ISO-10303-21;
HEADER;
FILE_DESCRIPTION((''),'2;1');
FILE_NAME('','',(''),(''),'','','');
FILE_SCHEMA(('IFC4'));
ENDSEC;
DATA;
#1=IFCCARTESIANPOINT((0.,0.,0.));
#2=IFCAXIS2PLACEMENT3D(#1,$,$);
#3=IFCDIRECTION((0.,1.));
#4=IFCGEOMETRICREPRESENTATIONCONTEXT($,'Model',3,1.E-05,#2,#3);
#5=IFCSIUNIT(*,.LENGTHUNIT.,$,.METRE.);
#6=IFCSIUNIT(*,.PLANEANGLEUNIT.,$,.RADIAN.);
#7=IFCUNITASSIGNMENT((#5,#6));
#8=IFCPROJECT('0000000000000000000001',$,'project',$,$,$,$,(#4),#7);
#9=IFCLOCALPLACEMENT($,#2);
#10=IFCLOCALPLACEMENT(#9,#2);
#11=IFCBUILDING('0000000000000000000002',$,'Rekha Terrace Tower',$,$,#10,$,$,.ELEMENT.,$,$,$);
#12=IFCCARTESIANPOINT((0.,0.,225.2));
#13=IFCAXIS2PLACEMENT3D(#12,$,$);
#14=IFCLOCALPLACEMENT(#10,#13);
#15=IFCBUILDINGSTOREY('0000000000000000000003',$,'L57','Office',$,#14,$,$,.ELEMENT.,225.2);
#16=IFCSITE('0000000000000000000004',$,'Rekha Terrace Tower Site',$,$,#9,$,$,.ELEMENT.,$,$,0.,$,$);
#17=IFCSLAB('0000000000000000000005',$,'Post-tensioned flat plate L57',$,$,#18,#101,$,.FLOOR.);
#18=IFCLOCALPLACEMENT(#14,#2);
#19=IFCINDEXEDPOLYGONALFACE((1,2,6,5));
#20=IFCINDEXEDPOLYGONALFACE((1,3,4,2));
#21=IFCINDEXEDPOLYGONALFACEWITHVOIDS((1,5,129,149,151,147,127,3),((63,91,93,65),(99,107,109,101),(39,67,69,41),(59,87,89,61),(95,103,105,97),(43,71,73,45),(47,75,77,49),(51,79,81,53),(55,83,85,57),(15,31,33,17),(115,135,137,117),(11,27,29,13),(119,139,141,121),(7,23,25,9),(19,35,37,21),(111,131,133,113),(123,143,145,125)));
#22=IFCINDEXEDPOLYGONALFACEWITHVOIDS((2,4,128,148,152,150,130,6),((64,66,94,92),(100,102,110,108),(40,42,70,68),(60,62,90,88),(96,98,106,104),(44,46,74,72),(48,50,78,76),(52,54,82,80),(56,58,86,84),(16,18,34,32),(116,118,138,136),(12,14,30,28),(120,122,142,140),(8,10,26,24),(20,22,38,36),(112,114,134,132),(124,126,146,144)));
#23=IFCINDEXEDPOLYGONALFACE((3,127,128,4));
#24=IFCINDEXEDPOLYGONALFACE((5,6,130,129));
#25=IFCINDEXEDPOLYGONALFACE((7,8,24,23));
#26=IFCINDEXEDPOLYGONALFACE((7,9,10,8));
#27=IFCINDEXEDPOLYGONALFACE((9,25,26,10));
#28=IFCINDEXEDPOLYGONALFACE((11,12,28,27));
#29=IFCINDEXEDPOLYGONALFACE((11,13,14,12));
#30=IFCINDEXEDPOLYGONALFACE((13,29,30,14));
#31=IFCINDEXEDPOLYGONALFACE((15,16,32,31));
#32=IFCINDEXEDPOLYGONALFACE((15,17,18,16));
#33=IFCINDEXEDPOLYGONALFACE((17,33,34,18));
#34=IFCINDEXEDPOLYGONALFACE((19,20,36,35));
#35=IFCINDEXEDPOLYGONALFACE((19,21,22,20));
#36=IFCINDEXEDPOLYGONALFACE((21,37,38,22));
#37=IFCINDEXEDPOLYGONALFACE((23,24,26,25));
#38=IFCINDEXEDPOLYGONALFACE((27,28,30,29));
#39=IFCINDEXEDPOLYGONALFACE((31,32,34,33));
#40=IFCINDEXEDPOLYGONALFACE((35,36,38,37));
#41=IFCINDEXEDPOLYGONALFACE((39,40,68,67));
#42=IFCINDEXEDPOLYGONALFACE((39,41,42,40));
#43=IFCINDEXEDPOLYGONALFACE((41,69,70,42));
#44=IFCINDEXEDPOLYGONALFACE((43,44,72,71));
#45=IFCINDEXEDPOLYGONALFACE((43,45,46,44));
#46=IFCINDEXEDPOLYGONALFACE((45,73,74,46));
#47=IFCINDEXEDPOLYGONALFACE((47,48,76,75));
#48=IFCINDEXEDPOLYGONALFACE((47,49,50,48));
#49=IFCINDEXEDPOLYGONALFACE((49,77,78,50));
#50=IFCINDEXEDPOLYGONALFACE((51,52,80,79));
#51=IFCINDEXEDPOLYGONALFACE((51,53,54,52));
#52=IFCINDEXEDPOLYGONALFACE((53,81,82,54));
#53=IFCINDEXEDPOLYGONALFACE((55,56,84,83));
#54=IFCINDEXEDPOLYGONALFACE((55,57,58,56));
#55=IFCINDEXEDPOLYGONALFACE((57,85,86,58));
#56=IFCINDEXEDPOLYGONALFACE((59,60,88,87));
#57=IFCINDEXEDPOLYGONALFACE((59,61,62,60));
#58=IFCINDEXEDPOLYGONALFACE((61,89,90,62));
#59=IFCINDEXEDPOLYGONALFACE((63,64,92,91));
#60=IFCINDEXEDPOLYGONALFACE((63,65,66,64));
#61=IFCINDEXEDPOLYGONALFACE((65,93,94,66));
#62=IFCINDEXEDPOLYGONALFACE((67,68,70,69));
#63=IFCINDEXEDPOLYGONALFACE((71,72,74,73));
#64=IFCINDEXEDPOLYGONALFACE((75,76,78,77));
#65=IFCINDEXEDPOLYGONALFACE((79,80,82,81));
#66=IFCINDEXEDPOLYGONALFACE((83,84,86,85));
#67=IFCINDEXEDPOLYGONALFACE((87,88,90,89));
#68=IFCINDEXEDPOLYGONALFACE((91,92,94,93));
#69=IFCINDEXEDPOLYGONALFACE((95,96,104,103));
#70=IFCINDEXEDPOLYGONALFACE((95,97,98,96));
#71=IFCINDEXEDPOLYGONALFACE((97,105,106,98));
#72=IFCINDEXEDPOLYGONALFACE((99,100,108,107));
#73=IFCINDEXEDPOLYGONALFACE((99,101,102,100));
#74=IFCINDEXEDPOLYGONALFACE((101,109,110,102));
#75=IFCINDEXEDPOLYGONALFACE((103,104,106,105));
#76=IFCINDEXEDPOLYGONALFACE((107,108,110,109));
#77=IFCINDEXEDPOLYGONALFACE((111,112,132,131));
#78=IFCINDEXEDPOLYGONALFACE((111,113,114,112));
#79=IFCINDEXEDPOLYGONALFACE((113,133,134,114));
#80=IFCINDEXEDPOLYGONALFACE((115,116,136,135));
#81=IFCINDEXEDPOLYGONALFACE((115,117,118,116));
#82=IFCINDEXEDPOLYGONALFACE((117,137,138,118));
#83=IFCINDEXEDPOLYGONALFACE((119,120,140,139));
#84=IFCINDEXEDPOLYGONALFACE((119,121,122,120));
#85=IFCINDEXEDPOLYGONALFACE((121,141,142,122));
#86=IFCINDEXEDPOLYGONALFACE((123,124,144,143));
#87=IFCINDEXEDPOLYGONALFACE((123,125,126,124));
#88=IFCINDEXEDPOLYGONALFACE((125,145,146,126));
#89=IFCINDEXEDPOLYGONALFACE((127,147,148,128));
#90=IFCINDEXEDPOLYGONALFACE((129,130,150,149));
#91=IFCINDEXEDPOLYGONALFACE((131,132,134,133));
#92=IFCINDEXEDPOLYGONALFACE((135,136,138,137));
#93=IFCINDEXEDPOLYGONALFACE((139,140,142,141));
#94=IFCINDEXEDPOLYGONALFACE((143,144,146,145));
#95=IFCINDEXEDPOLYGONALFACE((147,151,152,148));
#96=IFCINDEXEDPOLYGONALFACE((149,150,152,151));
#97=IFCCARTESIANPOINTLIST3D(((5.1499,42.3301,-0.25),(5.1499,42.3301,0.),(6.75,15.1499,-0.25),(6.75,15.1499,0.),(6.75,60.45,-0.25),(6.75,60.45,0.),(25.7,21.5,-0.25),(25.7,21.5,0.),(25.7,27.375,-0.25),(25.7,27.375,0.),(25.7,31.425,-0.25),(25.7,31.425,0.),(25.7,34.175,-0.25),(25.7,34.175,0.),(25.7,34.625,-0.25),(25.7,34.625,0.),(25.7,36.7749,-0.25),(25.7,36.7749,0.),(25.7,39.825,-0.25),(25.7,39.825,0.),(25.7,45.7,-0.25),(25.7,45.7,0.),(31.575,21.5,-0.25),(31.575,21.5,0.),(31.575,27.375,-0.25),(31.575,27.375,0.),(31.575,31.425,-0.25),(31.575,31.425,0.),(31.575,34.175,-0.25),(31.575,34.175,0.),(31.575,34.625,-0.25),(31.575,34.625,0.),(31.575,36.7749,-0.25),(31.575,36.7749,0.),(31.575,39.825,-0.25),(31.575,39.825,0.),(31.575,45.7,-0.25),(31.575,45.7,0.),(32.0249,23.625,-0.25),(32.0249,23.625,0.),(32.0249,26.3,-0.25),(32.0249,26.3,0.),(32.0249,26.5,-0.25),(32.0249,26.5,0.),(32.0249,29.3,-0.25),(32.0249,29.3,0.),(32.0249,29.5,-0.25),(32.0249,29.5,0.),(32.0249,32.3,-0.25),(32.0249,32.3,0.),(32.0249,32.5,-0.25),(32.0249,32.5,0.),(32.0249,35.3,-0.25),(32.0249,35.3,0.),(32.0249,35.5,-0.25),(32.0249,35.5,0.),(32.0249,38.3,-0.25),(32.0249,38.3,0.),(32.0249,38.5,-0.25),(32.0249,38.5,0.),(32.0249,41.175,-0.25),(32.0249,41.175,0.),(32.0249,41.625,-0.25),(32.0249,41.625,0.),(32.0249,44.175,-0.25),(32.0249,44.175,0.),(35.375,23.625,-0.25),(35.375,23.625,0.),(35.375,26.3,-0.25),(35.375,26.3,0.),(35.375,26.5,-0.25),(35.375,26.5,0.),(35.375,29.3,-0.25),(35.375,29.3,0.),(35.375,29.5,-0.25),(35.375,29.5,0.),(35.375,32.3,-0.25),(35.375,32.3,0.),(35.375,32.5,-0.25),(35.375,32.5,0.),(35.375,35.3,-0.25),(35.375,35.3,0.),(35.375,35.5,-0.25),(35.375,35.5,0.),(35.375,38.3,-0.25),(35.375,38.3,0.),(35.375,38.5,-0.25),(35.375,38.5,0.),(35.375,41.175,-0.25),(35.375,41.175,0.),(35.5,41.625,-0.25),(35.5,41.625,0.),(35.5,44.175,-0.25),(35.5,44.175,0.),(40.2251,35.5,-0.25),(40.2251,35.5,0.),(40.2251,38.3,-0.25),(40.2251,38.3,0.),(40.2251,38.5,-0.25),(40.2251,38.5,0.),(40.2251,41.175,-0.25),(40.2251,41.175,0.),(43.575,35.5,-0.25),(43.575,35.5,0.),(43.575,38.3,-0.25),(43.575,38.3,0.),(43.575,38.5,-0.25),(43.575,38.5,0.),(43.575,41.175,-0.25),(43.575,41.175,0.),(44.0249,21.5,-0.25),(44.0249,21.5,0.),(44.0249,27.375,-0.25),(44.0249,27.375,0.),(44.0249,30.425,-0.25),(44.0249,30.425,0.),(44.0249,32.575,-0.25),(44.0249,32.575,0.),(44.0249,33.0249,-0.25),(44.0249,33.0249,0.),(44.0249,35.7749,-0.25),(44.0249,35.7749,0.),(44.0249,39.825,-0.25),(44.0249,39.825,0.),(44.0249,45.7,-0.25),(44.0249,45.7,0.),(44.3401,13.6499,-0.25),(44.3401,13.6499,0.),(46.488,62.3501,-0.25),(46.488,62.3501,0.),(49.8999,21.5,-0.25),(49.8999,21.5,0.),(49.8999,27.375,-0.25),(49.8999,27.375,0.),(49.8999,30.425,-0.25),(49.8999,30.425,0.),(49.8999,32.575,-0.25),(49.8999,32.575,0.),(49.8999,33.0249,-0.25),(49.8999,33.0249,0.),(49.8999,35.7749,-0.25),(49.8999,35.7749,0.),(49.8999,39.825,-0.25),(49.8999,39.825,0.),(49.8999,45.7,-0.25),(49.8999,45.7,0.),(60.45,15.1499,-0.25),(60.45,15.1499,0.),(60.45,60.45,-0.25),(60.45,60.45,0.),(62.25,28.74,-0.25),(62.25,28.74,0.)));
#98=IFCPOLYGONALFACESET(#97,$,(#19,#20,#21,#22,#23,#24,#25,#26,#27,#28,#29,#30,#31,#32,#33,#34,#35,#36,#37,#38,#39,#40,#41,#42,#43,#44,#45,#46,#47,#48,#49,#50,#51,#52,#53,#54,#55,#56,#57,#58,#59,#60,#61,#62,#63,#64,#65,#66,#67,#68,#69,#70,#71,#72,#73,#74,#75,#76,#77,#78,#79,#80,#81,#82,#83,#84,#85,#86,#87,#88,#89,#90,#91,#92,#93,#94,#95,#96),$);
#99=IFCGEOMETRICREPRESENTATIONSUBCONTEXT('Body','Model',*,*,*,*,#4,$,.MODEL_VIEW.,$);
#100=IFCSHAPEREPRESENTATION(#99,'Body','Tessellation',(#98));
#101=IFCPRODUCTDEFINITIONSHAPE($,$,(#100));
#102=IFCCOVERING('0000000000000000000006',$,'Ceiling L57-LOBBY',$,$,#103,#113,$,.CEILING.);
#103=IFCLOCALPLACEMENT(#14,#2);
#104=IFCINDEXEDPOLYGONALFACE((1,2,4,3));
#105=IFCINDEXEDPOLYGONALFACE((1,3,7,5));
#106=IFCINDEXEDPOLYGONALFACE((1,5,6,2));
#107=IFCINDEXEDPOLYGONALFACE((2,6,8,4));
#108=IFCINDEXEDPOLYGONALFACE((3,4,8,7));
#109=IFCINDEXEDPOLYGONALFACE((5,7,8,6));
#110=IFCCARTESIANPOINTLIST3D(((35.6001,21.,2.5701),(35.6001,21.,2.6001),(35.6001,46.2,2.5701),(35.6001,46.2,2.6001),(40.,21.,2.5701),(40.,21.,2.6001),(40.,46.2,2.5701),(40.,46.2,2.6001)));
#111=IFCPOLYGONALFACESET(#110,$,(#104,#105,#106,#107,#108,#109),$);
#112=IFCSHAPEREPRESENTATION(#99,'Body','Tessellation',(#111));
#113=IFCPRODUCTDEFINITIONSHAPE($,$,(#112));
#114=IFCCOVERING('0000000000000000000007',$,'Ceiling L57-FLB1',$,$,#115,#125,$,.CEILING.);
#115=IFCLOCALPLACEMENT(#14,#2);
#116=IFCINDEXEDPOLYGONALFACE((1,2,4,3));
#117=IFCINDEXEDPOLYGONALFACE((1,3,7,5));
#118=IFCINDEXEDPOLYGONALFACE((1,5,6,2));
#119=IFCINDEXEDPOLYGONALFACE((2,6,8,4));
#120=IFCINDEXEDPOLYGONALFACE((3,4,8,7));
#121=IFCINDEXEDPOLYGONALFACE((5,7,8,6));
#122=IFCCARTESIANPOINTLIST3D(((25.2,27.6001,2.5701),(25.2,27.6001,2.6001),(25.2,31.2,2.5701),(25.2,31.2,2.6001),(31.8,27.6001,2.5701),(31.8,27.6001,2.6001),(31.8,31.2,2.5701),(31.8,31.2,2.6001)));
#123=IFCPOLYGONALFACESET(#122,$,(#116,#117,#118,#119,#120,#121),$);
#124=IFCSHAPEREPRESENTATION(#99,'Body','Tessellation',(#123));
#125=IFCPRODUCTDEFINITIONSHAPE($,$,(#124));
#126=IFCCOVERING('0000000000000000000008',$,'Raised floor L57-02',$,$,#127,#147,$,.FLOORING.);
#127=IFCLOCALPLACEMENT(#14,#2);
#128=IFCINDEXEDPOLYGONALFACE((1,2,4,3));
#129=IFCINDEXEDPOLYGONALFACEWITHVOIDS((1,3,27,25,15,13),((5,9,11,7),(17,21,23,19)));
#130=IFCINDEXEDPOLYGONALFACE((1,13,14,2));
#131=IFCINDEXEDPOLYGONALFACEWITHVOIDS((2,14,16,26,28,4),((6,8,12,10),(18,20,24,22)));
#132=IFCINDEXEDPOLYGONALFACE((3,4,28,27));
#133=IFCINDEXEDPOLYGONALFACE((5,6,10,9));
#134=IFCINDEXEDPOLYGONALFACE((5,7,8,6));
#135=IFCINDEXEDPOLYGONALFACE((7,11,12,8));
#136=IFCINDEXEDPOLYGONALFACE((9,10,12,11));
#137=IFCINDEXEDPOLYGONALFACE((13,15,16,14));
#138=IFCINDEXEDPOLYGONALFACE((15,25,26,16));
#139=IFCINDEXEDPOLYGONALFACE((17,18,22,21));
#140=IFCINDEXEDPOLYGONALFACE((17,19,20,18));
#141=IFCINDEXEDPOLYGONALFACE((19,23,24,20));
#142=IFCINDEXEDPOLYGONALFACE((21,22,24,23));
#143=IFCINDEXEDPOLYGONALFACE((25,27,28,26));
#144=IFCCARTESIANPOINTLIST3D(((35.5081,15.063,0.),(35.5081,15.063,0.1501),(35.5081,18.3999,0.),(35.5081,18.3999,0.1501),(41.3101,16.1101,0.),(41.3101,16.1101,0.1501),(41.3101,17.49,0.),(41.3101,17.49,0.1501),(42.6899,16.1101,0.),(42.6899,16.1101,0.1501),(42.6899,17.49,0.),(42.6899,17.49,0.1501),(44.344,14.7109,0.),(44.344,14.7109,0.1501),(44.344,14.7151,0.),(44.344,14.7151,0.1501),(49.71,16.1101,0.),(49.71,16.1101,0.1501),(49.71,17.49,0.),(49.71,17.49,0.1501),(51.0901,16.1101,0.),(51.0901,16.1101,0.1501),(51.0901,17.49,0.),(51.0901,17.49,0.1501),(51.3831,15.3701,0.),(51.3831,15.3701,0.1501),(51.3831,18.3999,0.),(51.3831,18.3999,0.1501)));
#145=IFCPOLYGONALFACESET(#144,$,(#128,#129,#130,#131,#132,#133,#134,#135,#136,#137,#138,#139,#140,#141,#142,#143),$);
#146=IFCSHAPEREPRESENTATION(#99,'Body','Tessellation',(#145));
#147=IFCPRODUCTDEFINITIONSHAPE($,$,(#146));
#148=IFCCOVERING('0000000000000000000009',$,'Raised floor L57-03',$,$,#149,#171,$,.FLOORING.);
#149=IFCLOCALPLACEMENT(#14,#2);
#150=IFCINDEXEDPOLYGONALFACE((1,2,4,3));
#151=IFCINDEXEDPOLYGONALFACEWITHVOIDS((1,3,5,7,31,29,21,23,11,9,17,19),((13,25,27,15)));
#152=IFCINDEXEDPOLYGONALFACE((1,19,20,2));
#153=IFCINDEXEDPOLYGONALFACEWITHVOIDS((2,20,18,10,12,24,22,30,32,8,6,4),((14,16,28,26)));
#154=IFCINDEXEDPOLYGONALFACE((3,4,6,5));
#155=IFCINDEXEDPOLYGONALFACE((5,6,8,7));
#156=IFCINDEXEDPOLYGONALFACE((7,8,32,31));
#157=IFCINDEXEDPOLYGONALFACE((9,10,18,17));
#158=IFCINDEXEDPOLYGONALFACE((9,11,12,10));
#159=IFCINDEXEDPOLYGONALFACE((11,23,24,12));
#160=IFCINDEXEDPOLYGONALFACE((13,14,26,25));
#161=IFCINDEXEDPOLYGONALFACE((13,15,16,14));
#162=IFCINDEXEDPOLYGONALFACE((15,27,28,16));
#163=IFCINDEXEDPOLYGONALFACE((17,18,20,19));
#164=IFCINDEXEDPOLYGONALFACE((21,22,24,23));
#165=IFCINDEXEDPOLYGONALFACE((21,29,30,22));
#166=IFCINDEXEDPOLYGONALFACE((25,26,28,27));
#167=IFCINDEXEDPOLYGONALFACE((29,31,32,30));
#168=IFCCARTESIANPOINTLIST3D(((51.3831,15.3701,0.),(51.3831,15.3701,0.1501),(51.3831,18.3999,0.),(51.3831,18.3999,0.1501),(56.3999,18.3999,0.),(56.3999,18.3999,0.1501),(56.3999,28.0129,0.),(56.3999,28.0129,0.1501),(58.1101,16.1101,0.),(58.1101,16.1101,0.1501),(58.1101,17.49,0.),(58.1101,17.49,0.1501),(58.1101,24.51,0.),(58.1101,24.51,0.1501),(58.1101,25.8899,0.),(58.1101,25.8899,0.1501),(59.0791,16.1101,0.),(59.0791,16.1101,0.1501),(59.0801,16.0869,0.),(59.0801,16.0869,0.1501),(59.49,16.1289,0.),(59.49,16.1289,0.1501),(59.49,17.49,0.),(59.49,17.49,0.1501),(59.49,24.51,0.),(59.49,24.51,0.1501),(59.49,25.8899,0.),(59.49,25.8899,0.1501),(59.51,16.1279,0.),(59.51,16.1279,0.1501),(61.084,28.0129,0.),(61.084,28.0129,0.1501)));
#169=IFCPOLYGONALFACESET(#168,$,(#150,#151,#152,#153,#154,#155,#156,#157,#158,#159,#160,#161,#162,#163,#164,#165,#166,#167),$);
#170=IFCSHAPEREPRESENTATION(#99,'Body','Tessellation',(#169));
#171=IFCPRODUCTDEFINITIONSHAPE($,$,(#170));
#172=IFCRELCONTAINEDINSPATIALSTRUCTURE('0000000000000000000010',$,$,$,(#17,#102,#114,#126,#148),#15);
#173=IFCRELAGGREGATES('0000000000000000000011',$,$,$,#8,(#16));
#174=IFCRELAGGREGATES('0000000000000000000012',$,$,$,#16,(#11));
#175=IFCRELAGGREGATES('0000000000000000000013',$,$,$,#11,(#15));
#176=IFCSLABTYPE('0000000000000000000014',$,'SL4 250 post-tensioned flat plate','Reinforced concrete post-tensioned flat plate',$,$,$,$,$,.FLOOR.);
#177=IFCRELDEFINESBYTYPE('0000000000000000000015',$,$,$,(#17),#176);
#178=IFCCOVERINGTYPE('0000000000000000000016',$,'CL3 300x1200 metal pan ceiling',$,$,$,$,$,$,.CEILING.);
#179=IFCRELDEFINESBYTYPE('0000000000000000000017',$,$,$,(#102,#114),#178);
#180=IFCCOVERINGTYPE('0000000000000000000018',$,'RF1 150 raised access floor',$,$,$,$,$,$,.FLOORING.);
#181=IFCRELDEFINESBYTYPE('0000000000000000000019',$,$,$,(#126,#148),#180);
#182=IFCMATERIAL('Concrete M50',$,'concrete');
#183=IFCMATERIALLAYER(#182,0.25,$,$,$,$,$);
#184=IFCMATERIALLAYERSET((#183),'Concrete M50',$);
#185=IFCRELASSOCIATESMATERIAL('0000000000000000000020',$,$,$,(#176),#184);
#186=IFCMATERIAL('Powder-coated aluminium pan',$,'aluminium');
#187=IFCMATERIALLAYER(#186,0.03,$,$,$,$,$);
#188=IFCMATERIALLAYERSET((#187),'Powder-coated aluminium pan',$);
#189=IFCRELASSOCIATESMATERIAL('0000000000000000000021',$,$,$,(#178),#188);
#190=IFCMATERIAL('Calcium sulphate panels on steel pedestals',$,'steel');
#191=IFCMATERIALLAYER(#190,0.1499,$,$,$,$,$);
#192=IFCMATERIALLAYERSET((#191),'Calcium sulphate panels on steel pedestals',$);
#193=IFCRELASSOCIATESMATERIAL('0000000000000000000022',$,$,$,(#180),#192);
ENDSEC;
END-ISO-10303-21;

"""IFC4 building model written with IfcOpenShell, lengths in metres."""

from ifc_helpers import new_model, si_unit, direction, frame, origin, place, context, subcontext, project, spatial, polyline, outline, extrude, material, layer, layer_set, type_object, element, save


model = new_model("IFC4")

# Units and contexts
model_context = context("Model", 3, precision=1e-05, world=origin(), true_north=direction((0.0, 1.0)))
body_context = subcontext(model_context, "Body", "Model", "MODEL_VIEW")
ifc_project = project(units=[si_unit("LENGTHUNIT", "METRE"), si_unit("PLANEANGLEUNIT", "RADIAN")], contexts=[model_context])

# Site, building, storey
site_placement = place(None, origin())
site = spatial("IfcSite", under=ifc_project, at=site_placement, Name="Rekha Terrace Tower Site", CompositionType="ELEMENT", RefElevation=0.0)
building_placement = place(site_placement, origin())
building = spatial("IfcBuilding", under=site, at=building_placement, Name="Rekha Terrace Tower", CompositionType="ELEMENT")
storey_placement = place(building_placement, frame((0.0, 0.0, 225.2)))
storey = spatial("IfcBuildingStorey", under=building, at=storey_placement, Name="L57", Description="Office", CompositionType="ELEMENT", Elevation=225.2)

# Slab
ifc_material_1 = material(Name="Concrete M50", Category="concrete")
ifc_layer_1 = layer(ifc_material_1, 0.25)
ifc_layer_set_1 = layer_set([ifc_layer_1], Name="Concrete M50")
slab_type_1 = type_object("IfcSlabType", Name="SL4 250 post-tensioned flat plate", Description="Reinforced concrete post-tensioned flat plate", PredefinedType="FLOOR", material=ifc_layer_set_1)
slab_1_placement = place(storey_placement, frame((0.0, 0.0, -0.25)))
element("IfcSlab", 1, at=slab_1_placement, inside=storey, type_object=slab_type_1, Name="Post-tensioned flat plate L57", PredefinedType="FLOOR", context=body_context, shape_type="SweptSolid", body=[
    extrude(outline(polyline([(5.1499, 42.3301), (6.75, 15.1499), (44.3401, 13.6499), (60.45, 15.1499), (62.25, 28.74), (60.45, 60.45), (46.488, 62.3501), (6.75, 60.45), (5.1499, 42.3301)]), holes=[polyline([(31.575, 27.375), (31.575, 21.5), (25.7, 21.5), (25.7, 27.375), (31.575, 27.375)]), polyline([(35.375, 26.3), (35.375, 23.625), (32.0249, 23.625), (32.0249, 26.3), (35.375, 26.3)]), polyline([(35.375, 29.3), (35.375, 26.5), (32.0249, 26.5), (32.0249, 29.3), (35.375, 29.3)]), polyline([(35.375, 32.3), (35.375, 29.5), (32.0249, 29.5), (32.0249, 32.3), (35.375, 32.3)]), polyline([(31.575, 34.175), (31.575, 31.425), (25.7, 31.425), (25.7, 34.175), (31.575, 34.175)]), polyline([(35.375, 35.3), (35.375, 32.5), (32.0249, 32.5), (32.0249, 35.3), (35.375, 35.3)]), polyline([(31.575, 36.7749), (31.575, 34.625), (25.7, 34.625), (25.7, 36.7749), (31.575, 36.7749)]), polyline([(35.375, 38.3), (35.375, 35.5), (32.0249, 35.5), (32.0249, 38.3), (35.375, 38.3)]), polyline([(31.575, 45.7), (31.575, 39.825), (25.7, 39.825), (25.7, 45.7), (31.575, 45.7)]), polyline([(49.8999, 27.375), (49.8999, 21.5), (44.0249, 21.5), (44.0249, 27.375), (49.8999, 27.375)]), polyline([(49.8999, 32.575), (49.8999, 30.425), (44.0249, 30.425), (44.0249, 32.575), (49.8999, 32.575)]), polyline([(49.8999, 35.7749), (49.8999, 33.0249), (44.0249, 33.0249), (44.0249, 35.7749), (49.8999, 35.7749)]), polyline([(43.575, 38.3), (43.575, 35.5), (40.2251, 35.5), (40.2251, 38.3), (43.575, 38.3)]), polyline([(35.375, 41.175), (35.375, 38.5), (32.0249, 38.5), (32.0249, 41.175), (35.375, 41.175)]), polyline([(43.575, 41.175), (43.575, 38.5), (40.2251, 38.5), (40.2251, 41.175), (43.575, 41.175)]), polyline([(49.8999, 39.825), (44.0249, 39.825), (44.0249, 45.7), (49.8999, 45.7), (49.8999, 39.825)]), polyline([(35.5, 41.625), (32.0249, 41.625), (32.0249, 44.175), (35.5, 44.175), (35.5, 41.625)])]), origin(), (0.0, 0.0, 1.0), 0.25),
])

# Coverings
ifc_material_2 = material(Name="Powder-coated aluminium pan", Category="aluminium")
ifc_layer_2 = layer(ifc_material_2, 0.03)
ifc_layer_set_2 = layer_set([ifc_layer_2], Name="Powder-coated aluminium pan")
covering_type_1 = type_object("IfcCoveringType", Name="CL3 300x1200 metal pan ceiling", PredefinedType="CEILING", material=ifc_layer_set_2)
covering_1_placement = place(storey_placement, frame((0.0, 0.0, 2.5701)))
element("IfcCovering", 2, at=covering_1_placement, inside=storey, type_object=covering_type_1, Name="Ceiling L57-LOBBY", PredefinedType="CEILING", context=body_context, shape_type="SweptSolid", body=[
    extrude(outline(polyline([(40.0, 46.2), (35.6001, 46.2), (35.6001, 21.0), (40.0, 21.0), (40.0, 46.2)])), origin(), (0.0, 0.0, 1.0), 0.03),
])
covering_2_placement = place(storey_placement, frame((0.0, 0.0, 2.5701)))
element("IfcCovering", 3, at=covering_2_placement, inside=storey, type_object=covering_type_1, Name="Ceiling L57-FLB1", PredefinedType="CEILING", context=body_context, shape_type="SweptSolid", body=[
    extrude(outline(polyline([(31.8, 31.2), (25.2, 31.2), (25.2, 27.6001), (31.8, 27.6001), (31.8, 31.2)])), origin(), (0.0, 0.0, 1.0), 0.03),
])
ifc_material_3 = material(Name="Calcium sulphate panels on steel pedestals", Category="steel")
ifc_layer_3 = layer(ifc_material_3, 0.1499)
ifc_layer_set_3 = layer_set([ifc_layer_3], Name="Calcium sulphate panels on steel pedestals")
covering_type_2 = type_object("IfcCoveringType", Name="RF1 150 raised access floor", PredefinedType="FLOORING", material=ifc_layer_set_3)
covering_3_placement = place(storey_placement, origin())
element("IfcCovering", 4, at=covering_3_placement, inside=storey, type_object=covering_type_2, Name="Raised floor L57-02", PredefinedType="FLOORING", context=body_context, shape_type="SweptSolid", body=[
    extrude(outline(polyline([(35.5081, 15.063), (44.344, 14.7109), (44.344, 14.7151), (51.3831, 15.3701), (51.3831, 18.3999), (35.5081, 18.3999), (35.5081, 15.063)]), holes=[polyline([(51.0901, 16.1101), (49.71, 16.1101), (49.71, 17.49), (51.0901, 17.49), (51.0901, 16.1101)]), polyline([(42.6899, 17.49), (42.6899, 16.1101), (41.3101, 16.1101), (41.3101, 17.49), (42.6899, 17.49)])]), origin(), (0.0, 0.0, 1.0), 0.1501),
])
covering_4_placement = place(storey_placement, origin())
element("IfcCovering", 5, at=covering_4_placement, inside=storey, type_object=covering_type_2, Name="Raised floor L57-03", PredefinedType="FLOORING", context=body_context, shape_type="SweptSolid", body=[
    extrude(outline(polyline([(59.49, 16.1289), (59.51, 16.1279), (61.084, 28.0129), (56.3999, 28.0129), (56.3999, 18.3999), (51.3831, 18.3999), (51.3831, 15.3701), (59.0801, 16.0869), (59.0791, 16.1101), (58.1101, 16.1101), (58.1101, 17.49), (59.49, 17.49), (59.49, 16.1289)]), holes=[polyline([(59.49, 24.51), (58.1101, 24.51), (58.1101, 25.8899), (59.49, 25.8899), (59.49, 24.51)])]), origin(), (0.0, 0.0, 1.0), 0.1501),
])

save(model, "model.ifc")
